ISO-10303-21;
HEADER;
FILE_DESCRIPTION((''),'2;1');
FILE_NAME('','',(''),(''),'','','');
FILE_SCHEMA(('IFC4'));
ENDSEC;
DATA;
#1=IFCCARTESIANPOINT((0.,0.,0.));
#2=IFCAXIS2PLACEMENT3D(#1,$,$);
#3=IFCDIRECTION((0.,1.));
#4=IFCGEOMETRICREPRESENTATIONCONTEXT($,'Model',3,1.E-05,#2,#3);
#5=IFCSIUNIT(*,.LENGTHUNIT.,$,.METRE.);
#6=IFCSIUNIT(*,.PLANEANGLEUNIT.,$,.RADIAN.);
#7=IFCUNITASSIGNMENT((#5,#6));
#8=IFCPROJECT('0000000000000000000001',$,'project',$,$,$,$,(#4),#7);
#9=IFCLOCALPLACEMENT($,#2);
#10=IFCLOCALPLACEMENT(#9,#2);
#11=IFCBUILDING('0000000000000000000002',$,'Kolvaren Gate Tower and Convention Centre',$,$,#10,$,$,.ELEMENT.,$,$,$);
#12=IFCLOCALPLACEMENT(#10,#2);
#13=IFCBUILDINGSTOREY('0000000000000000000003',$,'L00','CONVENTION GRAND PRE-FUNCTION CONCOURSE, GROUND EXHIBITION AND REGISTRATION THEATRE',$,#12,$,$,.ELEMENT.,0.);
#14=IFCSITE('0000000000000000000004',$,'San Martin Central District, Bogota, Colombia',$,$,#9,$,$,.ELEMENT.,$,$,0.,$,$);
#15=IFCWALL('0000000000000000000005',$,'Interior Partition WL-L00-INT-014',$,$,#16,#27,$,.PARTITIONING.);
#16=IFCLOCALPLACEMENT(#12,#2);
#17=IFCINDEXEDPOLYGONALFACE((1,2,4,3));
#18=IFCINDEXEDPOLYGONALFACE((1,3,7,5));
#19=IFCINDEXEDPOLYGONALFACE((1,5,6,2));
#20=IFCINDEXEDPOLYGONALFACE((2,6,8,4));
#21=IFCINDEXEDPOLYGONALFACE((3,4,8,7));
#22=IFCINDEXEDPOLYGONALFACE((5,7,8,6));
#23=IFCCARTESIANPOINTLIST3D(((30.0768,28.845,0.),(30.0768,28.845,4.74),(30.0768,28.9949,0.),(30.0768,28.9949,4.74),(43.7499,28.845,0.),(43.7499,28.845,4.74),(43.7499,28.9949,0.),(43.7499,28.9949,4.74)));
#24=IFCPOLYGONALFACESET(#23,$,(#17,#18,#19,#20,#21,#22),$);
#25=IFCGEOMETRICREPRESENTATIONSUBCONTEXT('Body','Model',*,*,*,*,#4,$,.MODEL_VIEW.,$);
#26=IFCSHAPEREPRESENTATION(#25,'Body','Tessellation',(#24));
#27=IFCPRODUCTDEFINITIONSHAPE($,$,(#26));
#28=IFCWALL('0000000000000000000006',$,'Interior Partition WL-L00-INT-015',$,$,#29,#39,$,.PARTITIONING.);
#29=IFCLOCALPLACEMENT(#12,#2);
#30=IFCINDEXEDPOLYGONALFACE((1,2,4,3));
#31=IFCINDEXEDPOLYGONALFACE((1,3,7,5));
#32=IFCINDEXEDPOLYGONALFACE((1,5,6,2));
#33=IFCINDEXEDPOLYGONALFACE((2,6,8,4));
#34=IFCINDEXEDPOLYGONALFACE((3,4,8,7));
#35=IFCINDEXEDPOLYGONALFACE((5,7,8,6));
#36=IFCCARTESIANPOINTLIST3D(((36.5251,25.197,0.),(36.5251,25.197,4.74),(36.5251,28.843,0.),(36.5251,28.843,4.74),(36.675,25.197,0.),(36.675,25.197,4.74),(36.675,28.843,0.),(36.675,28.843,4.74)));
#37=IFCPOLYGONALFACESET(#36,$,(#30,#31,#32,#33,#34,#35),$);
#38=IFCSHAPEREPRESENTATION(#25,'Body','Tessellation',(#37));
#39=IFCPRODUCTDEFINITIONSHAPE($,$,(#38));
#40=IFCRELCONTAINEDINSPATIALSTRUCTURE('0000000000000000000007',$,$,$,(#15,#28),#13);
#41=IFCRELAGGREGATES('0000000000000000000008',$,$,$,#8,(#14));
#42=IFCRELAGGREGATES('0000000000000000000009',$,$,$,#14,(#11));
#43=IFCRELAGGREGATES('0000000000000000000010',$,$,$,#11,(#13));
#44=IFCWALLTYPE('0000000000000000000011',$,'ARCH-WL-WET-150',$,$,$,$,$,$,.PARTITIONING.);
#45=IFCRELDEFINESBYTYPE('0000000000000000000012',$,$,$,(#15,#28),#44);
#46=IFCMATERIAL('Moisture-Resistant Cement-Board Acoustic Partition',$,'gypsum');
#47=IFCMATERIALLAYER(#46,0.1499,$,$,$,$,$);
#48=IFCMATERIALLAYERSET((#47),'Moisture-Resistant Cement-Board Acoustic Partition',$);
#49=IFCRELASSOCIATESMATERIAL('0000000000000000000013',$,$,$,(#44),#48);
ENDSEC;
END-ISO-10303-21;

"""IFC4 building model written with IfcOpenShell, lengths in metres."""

from ifc_helpers import new_model, si_unit, direction, frame, frame_2d, origin, place, context, subcontext, project, spatial, rectangle, extrude, material, layer, layer_set, type_object, element, save


model = new_model("IFC4")

# Units and contexts
model_context = context("Model", 3, precision=1e-05, world=origin(), true_north=direction((0.0, 1.0)))
body_context = subcontext(model_context, "Body", "Model", "MODEL_VIEW")
ifc_project = project(units=[si_unit("LENGTHUNIT", "METRE"), si_unit("PLANEANGLEUNIT", "RADIAN")], contexts=[model_context])

# Site, building, storey
site_placement = place(None, origin())
site = spatial("IfcSite", under=ifc_project, at=site_placement, Name="San Martin Central District, Bogota, Colombia", CompositionType="ELEMENT", RefElevation=0.0)
building_placement = place(site_placement, origin())
building = spatial("IfcBuilding", under=site, at=building_placement, Name="Kolvaren Gate Tower and Convention Centre", CompositionType="ELEMENT")
storey_placement = place(building_placement, origin())
storey = spatial("IfcBuildingStorey", under=building, at=storey_placement, Name="L00", Description="CONVENTION GRAND PRE-FUNCTION CONCOURSE, GROUND EXHIBITION AND REGISTRATION THEATRE", CompositionType="ELEMENT", Elevation=0.0)

# Walls
ifc_material_1 = material(Name="Moisture-Resistant Cement-Board Acoustic Partition", Category="gypsum")
ifc_layer_1 = layer(ifc_material_1, 0.1499)
ifc_layer_set_1 = layer_set([ifc_layer_1], Name="Moisture-Resistant Cement-Board Acoustic Partition")
wall_type_1 = type_object("IfcWallType", Name="ARCH-WL-WET-150", PredefinedType="PARTITIONING", material=ifc_layer_set_1)
wall_1_placement = place(storey_placement, frame((30.0769, 28.9199, 0.0), z_axis=(0.0, 0.0, 1.0), x_axis=(1.0, 0.0, 0.0)))
element("IfcWall", 1, at=wall_1_placement, inside=storey, type_object=wall_type_1, Name="Interior Partition WL-L00-INT-014", PredefinedType="PARTITIONING", context=body_context, shape_type="SweptSolid", body=[
    extrude(rectangle(XDim=13.6731, YDim=0.1499, at=frame_2d((6.8364, 0.0))), origin(), (0.0, 0.0, 1.0), 4.74),
])
wall_2_placement = place(storey_placement, frame((36.6001, 25.197, 0.0), z_axis=(0.0, 0.0, 1.0), x_axis=(0.0, 1.0, 0.0)))
element("IfcWall", 2, at=wall_2_placement, inside=storey, type_object=wall_type_1, Name="Interior Partition WL-L00-INT-015", PredefinedType="PARTITIONING", context=body_context, shape_type="SweptSolid", body=[
    extrude(rectangle(XDim=3.646, YDim=0.1499, at=frame_2d((1.823, 0.0))), origin(), (0.0, 0.0, 1.0), 4.74),
])

save(model, "model.ifc")
